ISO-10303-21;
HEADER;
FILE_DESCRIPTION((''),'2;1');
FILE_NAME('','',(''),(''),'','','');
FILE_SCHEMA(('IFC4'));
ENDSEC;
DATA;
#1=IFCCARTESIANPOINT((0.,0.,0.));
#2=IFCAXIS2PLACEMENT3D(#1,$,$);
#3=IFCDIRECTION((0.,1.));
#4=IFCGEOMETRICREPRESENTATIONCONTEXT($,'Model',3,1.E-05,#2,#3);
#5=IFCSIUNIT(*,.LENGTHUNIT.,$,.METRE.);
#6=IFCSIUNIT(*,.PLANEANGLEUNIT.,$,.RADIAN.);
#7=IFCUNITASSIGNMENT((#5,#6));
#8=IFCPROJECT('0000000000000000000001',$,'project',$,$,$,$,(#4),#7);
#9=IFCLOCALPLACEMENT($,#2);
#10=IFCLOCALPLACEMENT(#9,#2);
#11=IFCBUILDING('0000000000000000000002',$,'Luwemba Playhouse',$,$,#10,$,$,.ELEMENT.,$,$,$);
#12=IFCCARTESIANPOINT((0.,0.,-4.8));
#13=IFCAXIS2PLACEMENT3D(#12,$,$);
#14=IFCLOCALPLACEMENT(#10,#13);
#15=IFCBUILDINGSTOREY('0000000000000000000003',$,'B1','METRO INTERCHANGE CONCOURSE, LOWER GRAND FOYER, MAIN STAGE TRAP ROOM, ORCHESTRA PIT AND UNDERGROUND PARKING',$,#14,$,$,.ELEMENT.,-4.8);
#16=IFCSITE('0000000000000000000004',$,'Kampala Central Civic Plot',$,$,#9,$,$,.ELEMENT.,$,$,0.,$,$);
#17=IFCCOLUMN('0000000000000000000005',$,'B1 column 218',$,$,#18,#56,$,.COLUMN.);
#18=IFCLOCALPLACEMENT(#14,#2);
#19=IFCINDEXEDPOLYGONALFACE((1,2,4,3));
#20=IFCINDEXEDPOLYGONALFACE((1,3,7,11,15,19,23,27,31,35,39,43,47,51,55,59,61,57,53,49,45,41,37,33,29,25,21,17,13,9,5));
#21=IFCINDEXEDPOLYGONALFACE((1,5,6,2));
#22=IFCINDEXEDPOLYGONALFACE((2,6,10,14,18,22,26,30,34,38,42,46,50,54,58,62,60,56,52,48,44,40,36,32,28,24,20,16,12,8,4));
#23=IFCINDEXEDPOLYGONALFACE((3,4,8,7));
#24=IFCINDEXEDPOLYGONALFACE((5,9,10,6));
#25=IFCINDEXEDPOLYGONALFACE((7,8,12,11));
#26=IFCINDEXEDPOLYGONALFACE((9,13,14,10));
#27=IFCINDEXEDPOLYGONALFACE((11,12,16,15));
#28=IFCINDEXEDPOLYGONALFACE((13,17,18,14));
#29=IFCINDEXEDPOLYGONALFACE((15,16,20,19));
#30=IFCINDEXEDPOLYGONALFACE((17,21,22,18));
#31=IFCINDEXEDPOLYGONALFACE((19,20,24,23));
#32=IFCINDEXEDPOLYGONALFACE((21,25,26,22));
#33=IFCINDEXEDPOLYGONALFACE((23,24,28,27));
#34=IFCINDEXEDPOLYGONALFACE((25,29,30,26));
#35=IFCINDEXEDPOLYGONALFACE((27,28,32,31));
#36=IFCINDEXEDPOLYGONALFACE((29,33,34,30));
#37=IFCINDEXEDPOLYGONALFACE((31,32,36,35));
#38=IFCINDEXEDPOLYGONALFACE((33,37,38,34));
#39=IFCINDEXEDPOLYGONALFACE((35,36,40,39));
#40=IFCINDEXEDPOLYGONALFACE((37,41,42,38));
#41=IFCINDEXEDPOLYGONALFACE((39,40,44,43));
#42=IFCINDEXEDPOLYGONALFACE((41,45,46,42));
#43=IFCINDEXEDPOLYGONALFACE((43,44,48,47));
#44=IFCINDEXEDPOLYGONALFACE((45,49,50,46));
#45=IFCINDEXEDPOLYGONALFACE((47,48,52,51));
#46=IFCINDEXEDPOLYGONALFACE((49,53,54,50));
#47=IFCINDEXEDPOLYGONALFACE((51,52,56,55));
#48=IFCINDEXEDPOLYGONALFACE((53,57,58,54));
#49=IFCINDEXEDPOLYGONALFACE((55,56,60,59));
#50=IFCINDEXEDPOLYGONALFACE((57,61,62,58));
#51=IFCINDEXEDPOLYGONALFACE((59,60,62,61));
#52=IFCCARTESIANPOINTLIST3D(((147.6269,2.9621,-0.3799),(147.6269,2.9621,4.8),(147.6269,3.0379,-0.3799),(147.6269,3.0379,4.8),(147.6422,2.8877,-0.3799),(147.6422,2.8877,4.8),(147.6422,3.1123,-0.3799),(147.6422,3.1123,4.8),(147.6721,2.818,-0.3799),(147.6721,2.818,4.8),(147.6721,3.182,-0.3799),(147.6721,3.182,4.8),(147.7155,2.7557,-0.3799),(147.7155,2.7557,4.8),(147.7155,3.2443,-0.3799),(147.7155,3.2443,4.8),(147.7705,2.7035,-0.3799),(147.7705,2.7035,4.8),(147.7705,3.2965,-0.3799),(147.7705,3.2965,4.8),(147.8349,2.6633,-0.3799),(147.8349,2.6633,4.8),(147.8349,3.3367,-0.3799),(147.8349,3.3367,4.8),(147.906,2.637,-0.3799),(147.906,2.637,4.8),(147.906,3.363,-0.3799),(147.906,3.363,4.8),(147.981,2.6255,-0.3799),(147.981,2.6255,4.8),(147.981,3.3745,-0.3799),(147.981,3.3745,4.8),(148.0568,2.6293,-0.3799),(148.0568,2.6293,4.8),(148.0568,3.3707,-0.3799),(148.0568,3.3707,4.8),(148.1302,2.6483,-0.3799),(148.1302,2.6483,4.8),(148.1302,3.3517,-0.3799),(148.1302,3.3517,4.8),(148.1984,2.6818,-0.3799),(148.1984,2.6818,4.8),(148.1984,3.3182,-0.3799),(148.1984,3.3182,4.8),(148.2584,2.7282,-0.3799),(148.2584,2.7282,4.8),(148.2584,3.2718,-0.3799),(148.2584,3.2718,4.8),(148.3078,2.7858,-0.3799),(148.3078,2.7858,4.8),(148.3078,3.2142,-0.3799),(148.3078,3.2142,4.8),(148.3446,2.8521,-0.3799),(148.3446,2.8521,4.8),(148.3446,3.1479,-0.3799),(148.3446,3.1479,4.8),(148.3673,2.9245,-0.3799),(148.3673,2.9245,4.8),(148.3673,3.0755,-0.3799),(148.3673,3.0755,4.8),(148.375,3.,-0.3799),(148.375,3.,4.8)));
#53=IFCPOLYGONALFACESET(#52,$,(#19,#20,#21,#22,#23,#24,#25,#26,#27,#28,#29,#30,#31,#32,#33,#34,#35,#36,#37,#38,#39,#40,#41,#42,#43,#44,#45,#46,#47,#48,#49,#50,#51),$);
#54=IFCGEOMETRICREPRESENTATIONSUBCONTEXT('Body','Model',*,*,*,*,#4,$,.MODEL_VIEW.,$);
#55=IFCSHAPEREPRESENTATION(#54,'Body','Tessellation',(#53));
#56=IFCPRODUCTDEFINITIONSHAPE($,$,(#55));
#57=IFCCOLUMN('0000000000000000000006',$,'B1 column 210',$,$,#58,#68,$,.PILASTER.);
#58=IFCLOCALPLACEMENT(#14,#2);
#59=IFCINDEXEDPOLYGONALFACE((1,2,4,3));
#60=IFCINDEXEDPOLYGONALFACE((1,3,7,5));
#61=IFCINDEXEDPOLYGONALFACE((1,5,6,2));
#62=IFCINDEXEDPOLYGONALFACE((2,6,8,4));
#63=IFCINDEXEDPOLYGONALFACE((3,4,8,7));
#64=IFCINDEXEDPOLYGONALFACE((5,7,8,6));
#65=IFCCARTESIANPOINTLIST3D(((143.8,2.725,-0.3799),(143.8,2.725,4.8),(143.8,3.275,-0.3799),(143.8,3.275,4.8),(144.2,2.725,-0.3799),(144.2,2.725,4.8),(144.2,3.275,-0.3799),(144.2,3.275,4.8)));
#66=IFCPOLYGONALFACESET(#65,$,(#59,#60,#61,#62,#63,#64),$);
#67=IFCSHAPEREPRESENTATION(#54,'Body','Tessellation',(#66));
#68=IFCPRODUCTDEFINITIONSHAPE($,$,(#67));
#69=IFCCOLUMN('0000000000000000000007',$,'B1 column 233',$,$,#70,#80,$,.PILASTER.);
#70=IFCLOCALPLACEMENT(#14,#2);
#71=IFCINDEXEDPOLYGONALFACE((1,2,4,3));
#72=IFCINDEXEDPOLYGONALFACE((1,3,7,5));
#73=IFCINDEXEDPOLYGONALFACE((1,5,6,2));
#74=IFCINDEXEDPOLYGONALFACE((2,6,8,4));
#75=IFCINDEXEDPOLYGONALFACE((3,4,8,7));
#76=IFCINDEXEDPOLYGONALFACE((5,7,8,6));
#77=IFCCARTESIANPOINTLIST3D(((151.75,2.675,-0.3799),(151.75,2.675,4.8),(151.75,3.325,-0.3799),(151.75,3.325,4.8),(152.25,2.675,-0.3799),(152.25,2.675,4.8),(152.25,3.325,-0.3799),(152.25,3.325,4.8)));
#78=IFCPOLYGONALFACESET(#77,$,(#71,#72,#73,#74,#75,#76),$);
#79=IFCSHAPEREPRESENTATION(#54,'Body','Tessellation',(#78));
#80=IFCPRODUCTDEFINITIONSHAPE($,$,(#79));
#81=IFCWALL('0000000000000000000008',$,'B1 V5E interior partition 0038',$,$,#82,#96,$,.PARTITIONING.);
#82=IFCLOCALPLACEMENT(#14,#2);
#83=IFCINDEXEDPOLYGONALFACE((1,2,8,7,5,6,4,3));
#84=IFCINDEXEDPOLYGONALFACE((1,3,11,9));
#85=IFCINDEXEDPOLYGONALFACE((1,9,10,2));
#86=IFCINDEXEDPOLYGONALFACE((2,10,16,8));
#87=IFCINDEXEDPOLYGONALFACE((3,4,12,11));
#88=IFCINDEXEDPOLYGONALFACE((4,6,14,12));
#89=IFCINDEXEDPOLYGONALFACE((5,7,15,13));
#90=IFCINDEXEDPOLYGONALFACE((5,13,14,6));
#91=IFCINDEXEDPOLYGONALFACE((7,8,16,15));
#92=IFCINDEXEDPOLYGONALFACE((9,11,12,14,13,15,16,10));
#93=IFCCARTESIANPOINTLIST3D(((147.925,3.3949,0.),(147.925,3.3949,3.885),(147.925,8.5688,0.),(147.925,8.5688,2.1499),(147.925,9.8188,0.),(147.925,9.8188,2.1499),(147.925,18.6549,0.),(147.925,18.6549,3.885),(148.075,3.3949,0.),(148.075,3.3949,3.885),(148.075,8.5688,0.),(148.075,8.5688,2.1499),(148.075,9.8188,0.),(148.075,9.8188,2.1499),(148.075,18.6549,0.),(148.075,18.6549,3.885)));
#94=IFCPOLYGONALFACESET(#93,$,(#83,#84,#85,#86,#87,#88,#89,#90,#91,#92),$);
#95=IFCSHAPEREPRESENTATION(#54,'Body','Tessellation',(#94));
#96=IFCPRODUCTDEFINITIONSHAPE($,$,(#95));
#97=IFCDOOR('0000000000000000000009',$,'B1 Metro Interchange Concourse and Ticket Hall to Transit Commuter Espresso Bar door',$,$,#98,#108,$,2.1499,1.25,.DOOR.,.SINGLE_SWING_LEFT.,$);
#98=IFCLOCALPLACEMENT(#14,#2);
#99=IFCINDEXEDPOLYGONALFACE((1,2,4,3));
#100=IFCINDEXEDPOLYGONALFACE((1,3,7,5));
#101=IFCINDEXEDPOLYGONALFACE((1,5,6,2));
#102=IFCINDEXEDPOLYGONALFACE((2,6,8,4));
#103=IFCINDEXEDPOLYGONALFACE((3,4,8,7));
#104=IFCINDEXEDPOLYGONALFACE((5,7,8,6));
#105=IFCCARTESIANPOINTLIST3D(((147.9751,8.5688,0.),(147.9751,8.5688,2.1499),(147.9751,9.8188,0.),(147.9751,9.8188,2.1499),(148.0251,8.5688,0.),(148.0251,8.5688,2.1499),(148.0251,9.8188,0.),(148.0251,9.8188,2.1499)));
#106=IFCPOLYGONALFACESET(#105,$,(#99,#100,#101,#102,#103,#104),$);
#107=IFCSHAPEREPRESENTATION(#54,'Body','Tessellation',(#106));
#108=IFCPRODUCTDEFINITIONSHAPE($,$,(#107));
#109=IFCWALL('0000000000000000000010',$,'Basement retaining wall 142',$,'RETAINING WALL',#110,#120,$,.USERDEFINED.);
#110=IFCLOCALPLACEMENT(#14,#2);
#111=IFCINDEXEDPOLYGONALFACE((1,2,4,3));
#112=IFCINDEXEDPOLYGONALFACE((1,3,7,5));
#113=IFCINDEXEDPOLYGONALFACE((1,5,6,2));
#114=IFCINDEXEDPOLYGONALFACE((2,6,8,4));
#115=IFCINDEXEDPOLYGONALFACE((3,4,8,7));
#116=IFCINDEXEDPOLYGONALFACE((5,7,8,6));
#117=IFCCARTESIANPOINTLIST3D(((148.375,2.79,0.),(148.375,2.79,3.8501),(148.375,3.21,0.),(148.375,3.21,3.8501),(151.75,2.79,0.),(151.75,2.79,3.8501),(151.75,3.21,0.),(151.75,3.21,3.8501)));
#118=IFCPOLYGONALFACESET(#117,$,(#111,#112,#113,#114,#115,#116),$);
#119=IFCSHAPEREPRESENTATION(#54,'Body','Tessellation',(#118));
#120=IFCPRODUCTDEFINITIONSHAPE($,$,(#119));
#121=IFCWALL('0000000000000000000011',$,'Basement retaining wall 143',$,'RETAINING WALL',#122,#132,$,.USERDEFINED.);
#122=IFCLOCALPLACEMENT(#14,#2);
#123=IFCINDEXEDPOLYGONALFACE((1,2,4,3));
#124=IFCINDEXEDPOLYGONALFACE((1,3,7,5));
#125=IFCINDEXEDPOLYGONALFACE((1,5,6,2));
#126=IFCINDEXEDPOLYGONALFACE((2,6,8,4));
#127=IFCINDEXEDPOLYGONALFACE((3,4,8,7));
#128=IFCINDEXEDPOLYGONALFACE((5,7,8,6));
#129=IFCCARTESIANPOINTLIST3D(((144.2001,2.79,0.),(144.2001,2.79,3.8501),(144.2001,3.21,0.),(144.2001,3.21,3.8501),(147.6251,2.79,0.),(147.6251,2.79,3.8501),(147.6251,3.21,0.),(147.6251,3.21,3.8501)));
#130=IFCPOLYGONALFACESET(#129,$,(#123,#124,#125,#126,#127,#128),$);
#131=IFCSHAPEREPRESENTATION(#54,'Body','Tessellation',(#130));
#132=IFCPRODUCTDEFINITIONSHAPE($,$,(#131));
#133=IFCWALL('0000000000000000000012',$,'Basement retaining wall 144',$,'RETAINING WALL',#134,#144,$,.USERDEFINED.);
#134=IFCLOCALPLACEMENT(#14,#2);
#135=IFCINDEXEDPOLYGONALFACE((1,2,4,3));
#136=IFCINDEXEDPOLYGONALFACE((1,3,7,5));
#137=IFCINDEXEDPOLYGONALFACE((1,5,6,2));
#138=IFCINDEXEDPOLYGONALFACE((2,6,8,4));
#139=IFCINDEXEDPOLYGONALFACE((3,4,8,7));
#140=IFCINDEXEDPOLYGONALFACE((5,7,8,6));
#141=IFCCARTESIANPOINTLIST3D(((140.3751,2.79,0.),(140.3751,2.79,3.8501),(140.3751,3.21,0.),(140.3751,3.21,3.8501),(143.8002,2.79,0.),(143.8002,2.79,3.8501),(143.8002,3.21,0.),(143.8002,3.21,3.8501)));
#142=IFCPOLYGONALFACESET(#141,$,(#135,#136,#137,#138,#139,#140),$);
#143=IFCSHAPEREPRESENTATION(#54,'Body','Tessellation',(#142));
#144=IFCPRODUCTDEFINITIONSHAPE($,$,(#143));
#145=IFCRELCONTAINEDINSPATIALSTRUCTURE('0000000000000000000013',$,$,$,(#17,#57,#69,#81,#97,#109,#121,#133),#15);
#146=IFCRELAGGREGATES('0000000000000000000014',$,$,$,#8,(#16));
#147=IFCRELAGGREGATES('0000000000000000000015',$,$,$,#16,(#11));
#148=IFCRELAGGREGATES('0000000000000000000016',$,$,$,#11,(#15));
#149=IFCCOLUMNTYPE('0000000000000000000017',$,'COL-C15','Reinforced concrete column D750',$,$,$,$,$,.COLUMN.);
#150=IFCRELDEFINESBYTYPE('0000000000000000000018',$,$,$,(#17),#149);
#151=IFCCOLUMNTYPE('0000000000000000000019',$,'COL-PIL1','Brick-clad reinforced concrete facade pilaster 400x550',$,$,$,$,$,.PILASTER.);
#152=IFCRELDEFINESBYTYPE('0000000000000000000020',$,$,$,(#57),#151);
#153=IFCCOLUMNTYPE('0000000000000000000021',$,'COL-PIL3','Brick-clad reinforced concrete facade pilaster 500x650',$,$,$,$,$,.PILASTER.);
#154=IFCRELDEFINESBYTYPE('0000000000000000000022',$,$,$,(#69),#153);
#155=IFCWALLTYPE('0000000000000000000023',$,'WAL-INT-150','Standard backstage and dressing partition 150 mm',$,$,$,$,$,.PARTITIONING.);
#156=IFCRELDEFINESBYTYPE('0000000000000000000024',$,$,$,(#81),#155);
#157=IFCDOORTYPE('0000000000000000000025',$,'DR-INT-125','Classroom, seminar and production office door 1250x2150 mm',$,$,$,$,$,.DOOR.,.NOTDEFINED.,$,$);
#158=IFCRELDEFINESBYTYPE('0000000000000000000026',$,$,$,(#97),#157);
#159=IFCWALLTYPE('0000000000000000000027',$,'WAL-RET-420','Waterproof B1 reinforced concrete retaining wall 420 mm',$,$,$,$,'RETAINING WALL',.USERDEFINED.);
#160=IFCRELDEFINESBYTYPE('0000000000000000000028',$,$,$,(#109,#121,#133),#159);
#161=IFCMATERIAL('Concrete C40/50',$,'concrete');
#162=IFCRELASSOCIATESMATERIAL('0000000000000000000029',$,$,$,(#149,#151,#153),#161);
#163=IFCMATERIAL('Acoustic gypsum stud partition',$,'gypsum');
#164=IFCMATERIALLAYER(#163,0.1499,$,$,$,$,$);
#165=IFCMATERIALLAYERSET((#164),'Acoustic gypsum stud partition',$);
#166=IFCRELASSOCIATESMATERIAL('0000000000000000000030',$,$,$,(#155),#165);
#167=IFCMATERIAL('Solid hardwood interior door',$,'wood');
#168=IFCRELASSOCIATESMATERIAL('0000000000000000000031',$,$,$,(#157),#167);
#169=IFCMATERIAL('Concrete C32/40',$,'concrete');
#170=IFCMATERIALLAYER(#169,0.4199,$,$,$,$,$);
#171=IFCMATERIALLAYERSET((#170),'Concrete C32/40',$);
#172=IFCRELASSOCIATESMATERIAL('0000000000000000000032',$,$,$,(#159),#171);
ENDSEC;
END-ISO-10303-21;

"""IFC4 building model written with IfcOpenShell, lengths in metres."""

from ifc_helpers import new_model, si_unit, direction, frame, frame_2d, origin, origin_2d, place, context, subcontext, project, spatial, rectangle, circle, extrude, material, layer, layer_set, material_profile, profile_set, type_object, element, fill, save


model = new_model("IFC4")

# Units and contexts
model_context = context("Model", 3, precision=1e-05, world=origin(), true_north=direction((0.0, 1.0)))
body_context = subcontext(model_context, "Body", "Model", "MODEL_VIEW")
ifc_project = project(units=[si_unit("LENGTHUNIT", "METRE"), si_unit("PLANEANGLEUNIT", "RADIAN")], contexts=[model_context])

# Site, building, storey
site_placement = place(None, origin())
site = spatial("IfcSite", under=ifc_project, at=site_placement, Name="Kampala Central Civic Plot", CompositionType="ELEMENT", RefElevation=0.0)
building_placement = place(site_placement, origin())
building = spatial("IfcBuilding", under=site, at=building_placement, Name="Luwemba Playhouse", CompositionType="ELEMENT")
storey_placement = place(building_placement, frame((0.0, 0.0, -4.8)))
storey = spatial("IfcBuildingStorey", under=building, at=storey_placement, Name="B1", Description="METRO INTERCHANGE CONCOURSE, LOWER GRAND FOYER, MAIN STAGE TRAP ROOM, ORCHESTRA PIT AND UNDERGROUND PARKING", CompositionType="ELEMENT", Elevation=-4.8)

# Shared definitions
ifc_material_1 = material(Name="Concrete C32/40", Category="concrete")

# Columns
ifc_material_2 = material(Name="Concrete C40/50", Category="concrete")
ifc_material_profile_1 = material_profile(ifc_material_2, circle(Radius=0.375, at=origin_2d()))
ifc_profile_set_1 = profile_set([ifc_material_profile_1], Name="Concrete C40/50")
column_type_1 = type_object("IfcColumnType", Name="COL-C15", Description="Reinforced concrete column D750", PredefinedType="COLUMN", material=ifc_profile_set_1)
column_1_placement = place(storey_placement, frame((148.0, 3.0, -0.3799), z_axis=(0.0, 0.0, 1.0), x_axis=(1.0, 0.0, 0.0)))
element("IfcColumn", 1, at=column_1_placement, inside=storey, type_object=column_type_1, Name="B1 column 218", PredefinedType="COLUMN", context=body_context, shape_type="SweptSolid", body=[
    extrude(circle(Radius=0.375, at=origin_2d()), origin(), (0.0, 0.0, 1.0), 5.1799),
])
ifc_material_profile_2 = material_profile(ifc_material_2, rectangle(XDim=0.3999, YDim=0.55, at=origin_2d()))
ifc_profile_set_2 = profile_set([ifc_material_profile_2], Name="Concrete C40/50")
column_type_2 = type_object("IfcColumnType", Name="COL-PIL1", Description="Brick-clad reinforced concrete facade pilaster 400x550", PredefinedType="PILASTER", material=ifc_profile_set_2)
column_2_placement = place(storey_placement, frame((144.0, 3.0, -0.3799), z_axis=(0.0, 0.0, 1.0), x_axis=(1.0, 0.0, 0.0)))
element("IfcColumn", 2, at=column_2_placement, inside=storey, type_object=column_type_2, Name="B1 column 210", PredefinedType="PILASTER", context=body_context, shape_type="SweptSolid", body=[
    extrude(rectangle(XDim=0.3999, YDim=0.55, at=origin_2d()), origin(), (0.0, 0.0, 1.0), 5.1799),
])
ifc_material_profile_3 = material_profile(ifc_material_2, rectangle(XDim=0.5, YDim=0.6499, at=origin_2d()))
ifc_profile_set_3 = profile_set([ifc_material_profile_3], Name="Concrete C40/50")
column_type_3 = type_object("IfcColumnType", Name="COL-PIL3", Description="Brick-clad reinforced concrete facade pilaster 500x650", PredefinedType="PILASTER", material=ifc_profile_set_3)
column_3_placement = place(storey_placement, frame((152.0, 3.0, -0.3799), z_axis=(0.0, 0.0, 1.0), x_axis=(1.0, 0.0, 0.0)))
element("IfcColumn", 3, at=column_3_placement, inside=storey, type_object=column_type_3, Name="B1 column 233", PredefinedType="PILASTER", context=body_context, shape_type="SweptSolid", body=[
    extrude(rectangle(XDim=0.5, YDim=0.6499, at=origin_2d()), origin(), (0.0, 0.0, 1.0), 5.1799),
])

# Wall, opening, door
ifc_material_3 = material(Name="Acoustic gypsum stud partition", Category="gypsum")
ifc_layer_1 = layer(ifc_material_3, 0.1499)
ifc_layer_set_1 = layer_set([ifc_layer_1], Name="Acoustic gypsum stud partition")
wall_type_1 = type_object("IfcWallType", Name="WAL-INT-150", Description="Standard backstage and dressing partition 150 mm", PredefinedType="PARTITIONING", material=ifc_layer_set_1)
wall_1_placement = place(storey_placement, frame((148.0, 3.395, 0.0), z_axis=(0.0, 0.0, 1.0), x_axis=(0.0, 1.0, 0.0)))
wall_1 = element("IfcWall", 4, at=wall_1_placement, inside=storey, type_object=wall_type_1, Name="B1 V5E interior partition 0038", PredefinedType="PARTITIONING", context=body_context, shape_type="SweptSolid", body=[
    extrude(rectangle(XDim=15.26, YDim=0.1499, at=frame_2d((7.6299, 0.0))), origin(), (0.0, 0.0, 1.0), 3.885),
])
opening_placement = place(wall_1_placement, frame((5.1738, 0.0, 0.0)))
opening = element("IfcOpeningElement", 5, at=opening_placement, cuts=wall_1, PredefinedType="OPENING", context=body_context, shape_type="SweptSolid", body=[
    extrude(rectangle(XDim=1.25, YDim=2.1499, at=frame_2d((0.625, 1.075))), frame((0.0, 0.085, 0.0), z_axis=(0.0, -1.0, 0.0), x_axis=(1.0, 0.0, 0.0)), (0.0, 0.0, 1.0), 0.1699),
])
ifc_material_4 = material(Name="Solid hardwood interior door", Category="wood")
door_type = type_object("IfcDoorType", Name="DR-INT-125", Description="Classroom, seminar and production office door 1250x2150 mm", OperationType="NOTDEFINED", PredefinedType="DOOR", material=ifc_material_4)
door_placement = place(opening_placement, origin())
door = element("IfcDoor", 6, at=door_placement, inside=storey, type_object=door_type, Name="B1 Metro Interchange Concourse and Ticket Hall to Transit Commuter Espresso Bar door", OperationType="SINGLE_SWING_LEFT", OverallHeight=2.1499, OverallWidth=1.25, PredefinedType="DOOR", context=body_context, shape_type="SweptSolid", body=[
    extrude(rectangle(XDim=1.25, YDim=2.1499, at=frame_2d((0.625, 1.075))), frame((0.0, 0.0249, 0.0), z_axis=(0.0, -1.0, 0.0), x_axis=(1.0, 0.0, 0.0)), (0.0, 0.0, 1.0), 0.05),
])
fill(opening, door)

# Walls
ifc_layer_2 = layer(ifc_material_1, 0.4199)
ifc_layer_set_2 = layer_set([ifc_layer_2], Name="Concrete C32/40")
wall_type_2 = type_object("IfcWallType", Name="WAL-RET-420", Description="Waterproof B1 reinforced concrete retaining wall 420 mm", ElementType="RETAINING WALL", PredefinedType="USERDEFINED", material=ifc_layer_set_2)
wall_2_placement = place(storey_placement, frame((151.75, 3.0, 0.0), z_axis=(0.0, 0.0, 1.0), x_axis=(-1.0, 0.0, 0.0)))
element("IfcWall", 7, at=wall_2_placement, inside=storey, type_object=wall_type_2, Name="Basement retaining wall 142", ObjectType="RETAINING WALL", PredefinedType="USERDEFINED", context=body_context, shape_type="SweptSolid", body=[
    extrude(rectangle(XDim=3.375, YDim=0.4199, at=frame_2d((1.6875, 0.0))), origin(), (0.0, 0.0, 1.0), 3.8501),
])
for number, where, z_axis, x_axis, name in (
    (8, (147.625, 3.0, 0.0), (0.0, 0.0, 1.0), (-1.0, 0.0, 0.0), "Basement retaining wall 143"),
    (9, (143.8, 3.0, 0.0), (0.0, 0.0, 1.0), (-1.0, 0.0, 0.0), "Basement retaining wall 144"),
):
    element("IfcWall", number, at=place(storey_placement, frame(where, z_axis=z_axis, x_axis=x_axis)), inside=storey, type_object=wall_type_2, Name=name, ObjectType="RETAINING WALL", PredefinedType="USERDEFINED", context=body_context, shape_type="SweptSolid", body=[
        extrude(rectangle(XDim=3.425, YDim=0.4199, at=frame_2d((1.7124, 0.0))), origin(), (0.0, 0.0, 1.0), 3.8501),
    ])

save(model, "model.ifc")
